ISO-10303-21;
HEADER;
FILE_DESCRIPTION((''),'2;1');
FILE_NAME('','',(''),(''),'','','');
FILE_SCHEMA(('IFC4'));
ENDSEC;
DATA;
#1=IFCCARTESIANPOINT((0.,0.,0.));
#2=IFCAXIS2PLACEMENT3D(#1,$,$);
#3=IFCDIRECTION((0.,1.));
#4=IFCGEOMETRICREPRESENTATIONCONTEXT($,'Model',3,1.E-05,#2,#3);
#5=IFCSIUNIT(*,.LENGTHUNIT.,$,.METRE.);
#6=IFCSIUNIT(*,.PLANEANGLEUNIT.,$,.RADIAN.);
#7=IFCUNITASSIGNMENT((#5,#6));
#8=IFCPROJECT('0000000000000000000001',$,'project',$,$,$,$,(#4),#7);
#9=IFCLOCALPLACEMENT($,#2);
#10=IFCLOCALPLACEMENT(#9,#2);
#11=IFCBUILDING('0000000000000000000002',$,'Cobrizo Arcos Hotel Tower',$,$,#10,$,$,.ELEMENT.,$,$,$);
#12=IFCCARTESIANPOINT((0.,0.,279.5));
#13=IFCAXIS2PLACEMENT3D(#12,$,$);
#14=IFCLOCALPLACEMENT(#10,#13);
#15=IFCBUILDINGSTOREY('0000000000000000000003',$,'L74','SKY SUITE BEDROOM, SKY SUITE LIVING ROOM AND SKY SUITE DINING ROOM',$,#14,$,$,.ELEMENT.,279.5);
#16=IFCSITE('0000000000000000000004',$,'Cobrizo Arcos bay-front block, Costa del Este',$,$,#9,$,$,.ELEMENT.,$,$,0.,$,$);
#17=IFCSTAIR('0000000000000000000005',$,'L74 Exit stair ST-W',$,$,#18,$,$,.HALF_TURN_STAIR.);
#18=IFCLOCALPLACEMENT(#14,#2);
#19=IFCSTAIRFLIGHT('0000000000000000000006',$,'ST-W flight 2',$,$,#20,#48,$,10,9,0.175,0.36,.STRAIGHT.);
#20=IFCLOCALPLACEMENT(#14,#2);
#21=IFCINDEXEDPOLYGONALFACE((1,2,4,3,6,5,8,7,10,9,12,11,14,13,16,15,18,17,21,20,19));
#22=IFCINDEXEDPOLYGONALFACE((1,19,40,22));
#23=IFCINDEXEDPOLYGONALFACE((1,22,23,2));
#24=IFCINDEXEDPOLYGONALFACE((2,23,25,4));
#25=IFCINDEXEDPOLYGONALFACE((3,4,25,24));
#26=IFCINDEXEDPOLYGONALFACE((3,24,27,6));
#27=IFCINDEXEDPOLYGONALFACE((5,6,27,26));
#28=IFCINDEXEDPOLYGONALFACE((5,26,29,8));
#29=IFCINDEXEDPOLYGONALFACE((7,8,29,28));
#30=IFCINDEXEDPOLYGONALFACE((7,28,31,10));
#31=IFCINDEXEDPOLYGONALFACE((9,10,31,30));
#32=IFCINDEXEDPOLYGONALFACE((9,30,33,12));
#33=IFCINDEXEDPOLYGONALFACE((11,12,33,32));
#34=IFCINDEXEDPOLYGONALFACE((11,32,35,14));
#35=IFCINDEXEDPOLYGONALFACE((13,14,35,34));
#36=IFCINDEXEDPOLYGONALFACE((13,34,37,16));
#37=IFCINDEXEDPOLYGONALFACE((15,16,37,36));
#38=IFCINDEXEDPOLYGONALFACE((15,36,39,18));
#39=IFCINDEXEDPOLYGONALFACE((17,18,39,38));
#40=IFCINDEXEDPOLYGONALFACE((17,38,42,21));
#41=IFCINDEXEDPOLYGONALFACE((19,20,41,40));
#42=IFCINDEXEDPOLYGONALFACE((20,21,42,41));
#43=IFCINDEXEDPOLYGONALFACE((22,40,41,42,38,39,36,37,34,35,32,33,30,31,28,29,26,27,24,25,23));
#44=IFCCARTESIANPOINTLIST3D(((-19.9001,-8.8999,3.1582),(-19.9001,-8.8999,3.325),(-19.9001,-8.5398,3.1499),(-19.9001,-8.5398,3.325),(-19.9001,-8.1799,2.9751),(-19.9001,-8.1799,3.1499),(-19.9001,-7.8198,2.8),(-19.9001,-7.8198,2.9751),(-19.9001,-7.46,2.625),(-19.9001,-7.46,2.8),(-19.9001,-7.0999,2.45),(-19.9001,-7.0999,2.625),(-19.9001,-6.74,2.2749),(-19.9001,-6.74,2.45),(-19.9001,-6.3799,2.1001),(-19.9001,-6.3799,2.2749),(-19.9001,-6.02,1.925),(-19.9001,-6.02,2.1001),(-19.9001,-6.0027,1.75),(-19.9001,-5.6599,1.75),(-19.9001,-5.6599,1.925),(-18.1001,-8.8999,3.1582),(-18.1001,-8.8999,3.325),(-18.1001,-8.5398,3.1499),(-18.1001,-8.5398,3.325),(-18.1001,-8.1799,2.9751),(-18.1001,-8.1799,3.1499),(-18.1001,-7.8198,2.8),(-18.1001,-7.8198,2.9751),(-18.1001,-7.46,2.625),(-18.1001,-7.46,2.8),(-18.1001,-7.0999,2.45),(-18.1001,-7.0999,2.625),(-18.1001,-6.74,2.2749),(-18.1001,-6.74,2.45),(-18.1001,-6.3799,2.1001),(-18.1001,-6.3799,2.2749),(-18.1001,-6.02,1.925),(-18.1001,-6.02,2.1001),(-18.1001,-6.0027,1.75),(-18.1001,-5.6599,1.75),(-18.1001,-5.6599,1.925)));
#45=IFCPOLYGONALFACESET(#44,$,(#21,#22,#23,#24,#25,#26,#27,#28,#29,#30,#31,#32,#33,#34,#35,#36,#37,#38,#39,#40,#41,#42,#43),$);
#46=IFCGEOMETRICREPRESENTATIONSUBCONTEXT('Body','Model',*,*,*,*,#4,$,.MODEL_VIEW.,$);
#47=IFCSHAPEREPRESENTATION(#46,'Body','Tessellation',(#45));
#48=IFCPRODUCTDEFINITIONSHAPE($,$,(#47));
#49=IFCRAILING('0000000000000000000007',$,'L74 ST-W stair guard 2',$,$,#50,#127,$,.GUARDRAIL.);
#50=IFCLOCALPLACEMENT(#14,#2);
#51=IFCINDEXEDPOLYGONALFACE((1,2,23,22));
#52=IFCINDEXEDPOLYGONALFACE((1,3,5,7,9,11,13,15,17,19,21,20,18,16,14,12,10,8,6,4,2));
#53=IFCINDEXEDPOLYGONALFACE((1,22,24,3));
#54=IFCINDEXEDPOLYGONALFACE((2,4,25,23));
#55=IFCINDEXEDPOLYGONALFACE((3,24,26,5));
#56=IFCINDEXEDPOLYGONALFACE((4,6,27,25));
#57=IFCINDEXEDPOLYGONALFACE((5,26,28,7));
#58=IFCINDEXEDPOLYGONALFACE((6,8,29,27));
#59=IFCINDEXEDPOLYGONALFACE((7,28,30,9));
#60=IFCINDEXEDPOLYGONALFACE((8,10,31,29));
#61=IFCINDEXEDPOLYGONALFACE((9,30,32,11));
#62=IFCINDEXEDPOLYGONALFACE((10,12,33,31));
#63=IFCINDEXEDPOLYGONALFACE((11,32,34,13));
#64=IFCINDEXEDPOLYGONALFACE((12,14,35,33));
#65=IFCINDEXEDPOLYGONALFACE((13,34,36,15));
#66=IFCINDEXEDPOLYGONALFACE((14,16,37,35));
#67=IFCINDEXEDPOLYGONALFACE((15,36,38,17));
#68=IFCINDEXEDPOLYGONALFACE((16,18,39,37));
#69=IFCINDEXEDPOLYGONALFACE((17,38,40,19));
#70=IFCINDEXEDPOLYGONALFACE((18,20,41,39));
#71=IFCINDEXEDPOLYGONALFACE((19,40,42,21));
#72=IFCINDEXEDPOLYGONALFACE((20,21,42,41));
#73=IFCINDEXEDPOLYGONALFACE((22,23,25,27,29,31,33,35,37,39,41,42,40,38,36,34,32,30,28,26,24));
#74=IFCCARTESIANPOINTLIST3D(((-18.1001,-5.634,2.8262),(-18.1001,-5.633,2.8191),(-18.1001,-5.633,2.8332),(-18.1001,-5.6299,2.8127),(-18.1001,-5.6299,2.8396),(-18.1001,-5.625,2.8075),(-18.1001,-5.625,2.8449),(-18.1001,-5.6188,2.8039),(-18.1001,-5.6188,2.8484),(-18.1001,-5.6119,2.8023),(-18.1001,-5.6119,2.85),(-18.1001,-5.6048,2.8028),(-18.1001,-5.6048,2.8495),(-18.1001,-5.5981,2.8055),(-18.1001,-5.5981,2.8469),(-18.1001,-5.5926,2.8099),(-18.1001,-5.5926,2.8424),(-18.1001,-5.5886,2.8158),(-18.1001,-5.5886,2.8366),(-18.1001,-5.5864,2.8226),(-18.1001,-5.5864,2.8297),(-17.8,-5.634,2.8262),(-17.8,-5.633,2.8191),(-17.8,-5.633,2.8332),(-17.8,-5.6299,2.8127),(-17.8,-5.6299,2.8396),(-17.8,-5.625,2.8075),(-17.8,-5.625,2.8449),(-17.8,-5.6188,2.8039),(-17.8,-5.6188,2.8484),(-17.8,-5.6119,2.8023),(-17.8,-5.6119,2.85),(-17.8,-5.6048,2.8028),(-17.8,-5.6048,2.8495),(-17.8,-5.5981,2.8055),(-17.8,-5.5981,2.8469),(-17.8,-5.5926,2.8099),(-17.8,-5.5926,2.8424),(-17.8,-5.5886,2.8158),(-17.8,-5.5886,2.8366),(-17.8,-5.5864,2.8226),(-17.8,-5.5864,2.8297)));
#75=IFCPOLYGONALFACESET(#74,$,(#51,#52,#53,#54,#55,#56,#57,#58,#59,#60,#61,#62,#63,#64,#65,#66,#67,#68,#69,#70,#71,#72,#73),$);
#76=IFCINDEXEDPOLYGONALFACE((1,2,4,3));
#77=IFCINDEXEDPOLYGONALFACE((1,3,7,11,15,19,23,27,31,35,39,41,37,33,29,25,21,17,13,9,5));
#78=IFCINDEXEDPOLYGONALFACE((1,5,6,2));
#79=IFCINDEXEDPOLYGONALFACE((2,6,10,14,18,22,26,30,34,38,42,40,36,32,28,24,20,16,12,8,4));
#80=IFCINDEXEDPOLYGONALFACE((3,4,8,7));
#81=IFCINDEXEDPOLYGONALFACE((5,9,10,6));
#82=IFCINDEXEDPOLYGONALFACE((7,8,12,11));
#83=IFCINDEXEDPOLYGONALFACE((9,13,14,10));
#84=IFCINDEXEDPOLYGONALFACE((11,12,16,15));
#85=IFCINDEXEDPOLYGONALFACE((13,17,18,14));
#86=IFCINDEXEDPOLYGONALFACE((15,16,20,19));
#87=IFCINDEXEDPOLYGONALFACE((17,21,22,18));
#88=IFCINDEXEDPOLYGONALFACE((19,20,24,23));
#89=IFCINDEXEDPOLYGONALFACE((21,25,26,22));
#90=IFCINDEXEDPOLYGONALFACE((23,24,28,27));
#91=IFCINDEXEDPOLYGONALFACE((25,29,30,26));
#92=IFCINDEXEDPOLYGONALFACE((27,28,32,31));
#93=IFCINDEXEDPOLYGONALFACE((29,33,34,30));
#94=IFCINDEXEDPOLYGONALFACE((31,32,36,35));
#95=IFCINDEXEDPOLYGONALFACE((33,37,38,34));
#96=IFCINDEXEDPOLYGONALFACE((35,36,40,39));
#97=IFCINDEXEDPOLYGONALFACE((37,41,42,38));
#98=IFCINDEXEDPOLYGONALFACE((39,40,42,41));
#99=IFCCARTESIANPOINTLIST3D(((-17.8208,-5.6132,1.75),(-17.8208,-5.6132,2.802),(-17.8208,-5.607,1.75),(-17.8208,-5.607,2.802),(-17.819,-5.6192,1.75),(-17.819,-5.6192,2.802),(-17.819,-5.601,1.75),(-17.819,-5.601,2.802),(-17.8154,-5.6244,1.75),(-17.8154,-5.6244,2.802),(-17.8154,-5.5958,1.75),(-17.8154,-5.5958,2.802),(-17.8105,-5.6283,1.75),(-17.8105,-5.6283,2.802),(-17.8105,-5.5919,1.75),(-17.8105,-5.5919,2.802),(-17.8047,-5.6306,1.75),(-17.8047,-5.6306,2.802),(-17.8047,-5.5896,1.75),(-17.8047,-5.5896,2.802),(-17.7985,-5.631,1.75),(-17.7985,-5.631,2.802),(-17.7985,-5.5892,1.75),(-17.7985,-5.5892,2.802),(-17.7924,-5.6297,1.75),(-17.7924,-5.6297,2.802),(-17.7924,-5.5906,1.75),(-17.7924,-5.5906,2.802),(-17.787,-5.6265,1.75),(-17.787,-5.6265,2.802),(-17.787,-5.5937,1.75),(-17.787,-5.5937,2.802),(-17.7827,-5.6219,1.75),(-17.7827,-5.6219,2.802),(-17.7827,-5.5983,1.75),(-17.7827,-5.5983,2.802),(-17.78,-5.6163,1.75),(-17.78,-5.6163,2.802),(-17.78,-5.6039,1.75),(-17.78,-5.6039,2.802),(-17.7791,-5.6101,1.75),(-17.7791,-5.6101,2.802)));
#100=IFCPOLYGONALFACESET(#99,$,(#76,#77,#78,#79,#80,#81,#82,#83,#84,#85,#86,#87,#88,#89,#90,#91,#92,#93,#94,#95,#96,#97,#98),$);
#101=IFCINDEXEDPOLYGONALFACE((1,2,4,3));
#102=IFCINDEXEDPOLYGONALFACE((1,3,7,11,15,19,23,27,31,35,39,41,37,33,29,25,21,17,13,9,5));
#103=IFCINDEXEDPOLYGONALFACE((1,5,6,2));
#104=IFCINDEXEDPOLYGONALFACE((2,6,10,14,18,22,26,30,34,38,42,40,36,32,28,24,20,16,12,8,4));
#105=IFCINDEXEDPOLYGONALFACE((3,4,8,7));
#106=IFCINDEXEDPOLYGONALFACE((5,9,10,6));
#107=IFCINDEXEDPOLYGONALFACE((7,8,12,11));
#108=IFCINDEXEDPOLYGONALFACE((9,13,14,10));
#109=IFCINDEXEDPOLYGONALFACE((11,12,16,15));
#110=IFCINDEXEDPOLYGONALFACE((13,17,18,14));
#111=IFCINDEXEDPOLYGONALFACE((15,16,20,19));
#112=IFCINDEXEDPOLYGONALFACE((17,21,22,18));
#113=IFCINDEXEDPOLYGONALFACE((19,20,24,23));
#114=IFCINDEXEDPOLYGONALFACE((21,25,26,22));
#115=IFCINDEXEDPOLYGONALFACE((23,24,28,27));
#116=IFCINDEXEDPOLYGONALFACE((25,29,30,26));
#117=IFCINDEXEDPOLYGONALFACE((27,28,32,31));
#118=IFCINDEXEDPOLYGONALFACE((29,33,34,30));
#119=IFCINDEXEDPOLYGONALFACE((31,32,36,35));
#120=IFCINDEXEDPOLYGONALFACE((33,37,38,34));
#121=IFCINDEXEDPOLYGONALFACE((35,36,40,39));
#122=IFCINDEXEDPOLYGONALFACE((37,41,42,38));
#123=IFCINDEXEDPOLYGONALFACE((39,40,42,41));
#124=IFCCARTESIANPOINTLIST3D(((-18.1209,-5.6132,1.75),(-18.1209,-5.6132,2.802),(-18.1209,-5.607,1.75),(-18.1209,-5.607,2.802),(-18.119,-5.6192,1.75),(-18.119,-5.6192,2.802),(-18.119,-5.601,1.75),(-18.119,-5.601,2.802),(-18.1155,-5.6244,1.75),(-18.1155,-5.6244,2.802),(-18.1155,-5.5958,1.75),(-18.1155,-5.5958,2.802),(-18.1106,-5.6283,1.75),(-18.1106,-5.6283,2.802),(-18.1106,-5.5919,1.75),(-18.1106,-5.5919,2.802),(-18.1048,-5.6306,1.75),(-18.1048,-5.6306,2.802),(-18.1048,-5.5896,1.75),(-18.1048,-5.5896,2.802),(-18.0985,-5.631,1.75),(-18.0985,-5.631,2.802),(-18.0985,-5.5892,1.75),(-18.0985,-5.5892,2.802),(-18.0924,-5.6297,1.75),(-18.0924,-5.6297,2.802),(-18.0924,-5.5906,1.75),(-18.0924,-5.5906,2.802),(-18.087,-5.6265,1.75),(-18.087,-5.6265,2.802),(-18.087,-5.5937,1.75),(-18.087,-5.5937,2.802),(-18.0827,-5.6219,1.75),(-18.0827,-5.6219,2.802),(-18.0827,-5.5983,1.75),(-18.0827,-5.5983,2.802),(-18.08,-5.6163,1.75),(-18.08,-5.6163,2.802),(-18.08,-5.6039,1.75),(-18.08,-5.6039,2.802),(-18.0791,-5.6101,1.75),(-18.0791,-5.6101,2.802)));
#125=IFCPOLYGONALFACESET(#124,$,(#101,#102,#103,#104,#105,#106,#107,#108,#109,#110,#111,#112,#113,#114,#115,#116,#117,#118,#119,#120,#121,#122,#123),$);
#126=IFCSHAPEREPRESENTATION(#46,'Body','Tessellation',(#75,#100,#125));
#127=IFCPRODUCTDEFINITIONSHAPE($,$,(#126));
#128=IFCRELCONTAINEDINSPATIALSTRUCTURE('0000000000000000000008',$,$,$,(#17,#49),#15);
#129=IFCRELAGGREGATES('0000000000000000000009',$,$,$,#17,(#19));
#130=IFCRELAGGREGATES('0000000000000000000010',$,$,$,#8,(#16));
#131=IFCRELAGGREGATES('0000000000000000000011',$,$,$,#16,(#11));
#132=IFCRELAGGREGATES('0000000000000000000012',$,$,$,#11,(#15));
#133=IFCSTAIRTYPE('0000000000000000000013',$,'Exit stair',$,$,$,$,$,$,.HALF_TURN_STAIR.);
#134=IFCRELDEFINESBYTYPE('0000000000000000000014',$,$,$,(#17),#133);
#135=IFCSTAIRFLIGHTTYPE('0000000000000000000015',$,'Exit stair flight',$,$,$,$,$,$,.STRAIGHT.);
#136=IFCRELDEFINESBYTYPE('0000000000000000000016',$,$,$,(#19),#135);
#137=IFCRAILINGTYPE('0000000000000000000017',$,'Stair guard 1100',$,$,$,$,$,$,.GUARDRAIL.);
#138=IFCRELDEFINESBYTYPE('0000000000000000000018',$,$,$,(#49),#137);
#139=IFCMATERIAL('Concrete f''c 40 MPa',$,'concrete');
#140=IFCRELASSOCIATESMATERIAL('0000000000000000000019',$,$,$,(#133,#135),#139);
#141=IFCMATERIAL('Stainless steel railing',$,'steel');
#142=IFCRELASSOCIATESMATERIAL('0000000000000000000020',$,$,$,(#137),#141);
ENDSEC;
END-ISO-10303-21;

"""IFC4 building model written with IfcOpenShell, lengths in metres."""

from ifc_helpers import new_model, si_unit, direction, frame, origin, origin_2d, place, context, subcontext, project, spatial, polyline, circle, outline, extrude, material, type_object, element, aggregate, save


model = new_model("IFC4")

# Units and contexts
model_context = context("Model", 3, precision=1e-05, world=origin(), true_north=direction((0.0, 1.0)))
body_context = subcontext(model_context, "Body", "Model", "MODEL_VIEW")
ifc_project = project(units=[si_unit("LENGTHUNIT", "METRE"), si_unit("PLANEANGLEUNIT", "RADIAN")], contexts=[model_context])

# Site, building, storey
site_placement = place(None, origin())
site = spatial("IfcSite", under=ifc_project, at=site_placement, Name="Cobrizo Arcos bay-front block, Costa del Este", CompositionType="ELEMENT", RefElevation=0.0)
building_placement = place(site_placement, origin())
building = spatial("IfcBuilding", under=site, at=building_placement, Name="Cobrizo Arcos Hotel Tower", CompositionType="ELEMENT")
storey_placement = place(building_placement, frame((0.0, 0.0, 279.5)))
storey = spatial("IfcBuildingStorey", under=building, at=storey_placement, Name="L74", Description="SKY SUITE BEDROOM, SKY SUITE LIVING ROOM AND SKY SUITE DINING ROOM", CompositionType="ELEMENT", Elevation=279.5)

# Shared definitions
ifc_material_1 = material(Name="Concrete f'c 40 MPa", Category="concrete")

# Stair, stair flight
stair_type = type_object("IfcStairType", Name="Exit stair", PredefinedType="HALF_TURN_STAIR", material=ifc_material_1)
stair_placement = place(storey_placement, origin())
stair = element("IfcStair", 1, at=stair_placement, inside=storey, type_object=stair_type, Name="L74 Exit stair ST-W", PredefinedType="HALF_TURN_STAIR")
stair_flight_type = type_object("IfcStairFlightType", Name="Exit stair flight", PredefinedType="STRAIGHT", material=ifc_material_1)
stair_flight_1_placement = place(storey_placement, frame((-19.0, -5.6599, 1.75), z_axis=(0.0, 0.0, 1.0), x_axis=(0.0, -1.0, 0.0)))
stair_flight_1 = element("IfcStairFlight", 2, at=stair_flight_1_placement, type_object=stair_flight_type, Name="ST-W flight 2", NumberOfRisers=10, NumberOfTreads=9, PredefinedType="STRAIGHT", RiserHeight=0.175, TreadLength=0.36, context=body_context, shape_type="SweptSolid", body=[
    extrude(outline(polyline([(0.0, 0.0), (0.0, 0.175), (0.3601, 0.175), (0.3601, 0.3501), (0.72, 0.3501), (0.72, 0.5249), (1.0801, 0.5249), (1.0801, 0.7), (1.4399, 0.7), (1.4399, 0.875), (1.8, 0.875), (1.8, 1.05), (2.1599, 1.05), (2.1599, 1.2251), (2.52, 1.2251), (2.52, 1.3999), (2.8799, 1.3999), (2.8799, 1.575), (3.24, 1.575), (3.24, 1.75), (3.24, 1.4082), (0.3428, 0.0), (0.0, 0.0)])), frame((0.0, 0.8999, 0.0), z_axis=(0.0, -1.0, 0.0), x_axis=(1.0, 0.0, 0.0)), (0.0, 0.0, 1.0), 1.8),
])
aggregate(stair, [stair_flight_1])

# Railing
ifc_material_2 = material(Name="Stainless steel railing", Category="steel")
railing_type_1 = type_object("IfcRailingType", Name="Stair guard 1100", PredefinedType="GUARDRAIL", material=ifc_material_2)
railing_1_placement = place(storey_placement, frame((-17.8, -5.6101, 1.75)))
element("IfcRailing", 3, at=railing_1_placement, inside=storey, type_object=railing_type_1, Name="L74 ST-W stair guard 2", PredefinedType="GUARDRAIL", context=body_context, shape_type="SweptSolid", body=[
    extrude(circle(Radius=0.0239, at=origin_2d()), frame((0.0, 0.0, 1.0762), z_axis=(-1.0, 0.0, 0.0), x_axis=(0.0, -1.0, 0.0)), (0.0, 0.0, 1.0), 0.3),
    extrude(circle(Radius=0.021, at=origin_2d()), origin(), (0.0, 0.0, 1.0), 1.052),
    extrude(circle(Radius=0.021, at=origin_2d()), frame((-0.3, 0.0, 0.0)), (0.0, 0.0, 1.0), 1.052),
])

save(model, "model.ifc")
